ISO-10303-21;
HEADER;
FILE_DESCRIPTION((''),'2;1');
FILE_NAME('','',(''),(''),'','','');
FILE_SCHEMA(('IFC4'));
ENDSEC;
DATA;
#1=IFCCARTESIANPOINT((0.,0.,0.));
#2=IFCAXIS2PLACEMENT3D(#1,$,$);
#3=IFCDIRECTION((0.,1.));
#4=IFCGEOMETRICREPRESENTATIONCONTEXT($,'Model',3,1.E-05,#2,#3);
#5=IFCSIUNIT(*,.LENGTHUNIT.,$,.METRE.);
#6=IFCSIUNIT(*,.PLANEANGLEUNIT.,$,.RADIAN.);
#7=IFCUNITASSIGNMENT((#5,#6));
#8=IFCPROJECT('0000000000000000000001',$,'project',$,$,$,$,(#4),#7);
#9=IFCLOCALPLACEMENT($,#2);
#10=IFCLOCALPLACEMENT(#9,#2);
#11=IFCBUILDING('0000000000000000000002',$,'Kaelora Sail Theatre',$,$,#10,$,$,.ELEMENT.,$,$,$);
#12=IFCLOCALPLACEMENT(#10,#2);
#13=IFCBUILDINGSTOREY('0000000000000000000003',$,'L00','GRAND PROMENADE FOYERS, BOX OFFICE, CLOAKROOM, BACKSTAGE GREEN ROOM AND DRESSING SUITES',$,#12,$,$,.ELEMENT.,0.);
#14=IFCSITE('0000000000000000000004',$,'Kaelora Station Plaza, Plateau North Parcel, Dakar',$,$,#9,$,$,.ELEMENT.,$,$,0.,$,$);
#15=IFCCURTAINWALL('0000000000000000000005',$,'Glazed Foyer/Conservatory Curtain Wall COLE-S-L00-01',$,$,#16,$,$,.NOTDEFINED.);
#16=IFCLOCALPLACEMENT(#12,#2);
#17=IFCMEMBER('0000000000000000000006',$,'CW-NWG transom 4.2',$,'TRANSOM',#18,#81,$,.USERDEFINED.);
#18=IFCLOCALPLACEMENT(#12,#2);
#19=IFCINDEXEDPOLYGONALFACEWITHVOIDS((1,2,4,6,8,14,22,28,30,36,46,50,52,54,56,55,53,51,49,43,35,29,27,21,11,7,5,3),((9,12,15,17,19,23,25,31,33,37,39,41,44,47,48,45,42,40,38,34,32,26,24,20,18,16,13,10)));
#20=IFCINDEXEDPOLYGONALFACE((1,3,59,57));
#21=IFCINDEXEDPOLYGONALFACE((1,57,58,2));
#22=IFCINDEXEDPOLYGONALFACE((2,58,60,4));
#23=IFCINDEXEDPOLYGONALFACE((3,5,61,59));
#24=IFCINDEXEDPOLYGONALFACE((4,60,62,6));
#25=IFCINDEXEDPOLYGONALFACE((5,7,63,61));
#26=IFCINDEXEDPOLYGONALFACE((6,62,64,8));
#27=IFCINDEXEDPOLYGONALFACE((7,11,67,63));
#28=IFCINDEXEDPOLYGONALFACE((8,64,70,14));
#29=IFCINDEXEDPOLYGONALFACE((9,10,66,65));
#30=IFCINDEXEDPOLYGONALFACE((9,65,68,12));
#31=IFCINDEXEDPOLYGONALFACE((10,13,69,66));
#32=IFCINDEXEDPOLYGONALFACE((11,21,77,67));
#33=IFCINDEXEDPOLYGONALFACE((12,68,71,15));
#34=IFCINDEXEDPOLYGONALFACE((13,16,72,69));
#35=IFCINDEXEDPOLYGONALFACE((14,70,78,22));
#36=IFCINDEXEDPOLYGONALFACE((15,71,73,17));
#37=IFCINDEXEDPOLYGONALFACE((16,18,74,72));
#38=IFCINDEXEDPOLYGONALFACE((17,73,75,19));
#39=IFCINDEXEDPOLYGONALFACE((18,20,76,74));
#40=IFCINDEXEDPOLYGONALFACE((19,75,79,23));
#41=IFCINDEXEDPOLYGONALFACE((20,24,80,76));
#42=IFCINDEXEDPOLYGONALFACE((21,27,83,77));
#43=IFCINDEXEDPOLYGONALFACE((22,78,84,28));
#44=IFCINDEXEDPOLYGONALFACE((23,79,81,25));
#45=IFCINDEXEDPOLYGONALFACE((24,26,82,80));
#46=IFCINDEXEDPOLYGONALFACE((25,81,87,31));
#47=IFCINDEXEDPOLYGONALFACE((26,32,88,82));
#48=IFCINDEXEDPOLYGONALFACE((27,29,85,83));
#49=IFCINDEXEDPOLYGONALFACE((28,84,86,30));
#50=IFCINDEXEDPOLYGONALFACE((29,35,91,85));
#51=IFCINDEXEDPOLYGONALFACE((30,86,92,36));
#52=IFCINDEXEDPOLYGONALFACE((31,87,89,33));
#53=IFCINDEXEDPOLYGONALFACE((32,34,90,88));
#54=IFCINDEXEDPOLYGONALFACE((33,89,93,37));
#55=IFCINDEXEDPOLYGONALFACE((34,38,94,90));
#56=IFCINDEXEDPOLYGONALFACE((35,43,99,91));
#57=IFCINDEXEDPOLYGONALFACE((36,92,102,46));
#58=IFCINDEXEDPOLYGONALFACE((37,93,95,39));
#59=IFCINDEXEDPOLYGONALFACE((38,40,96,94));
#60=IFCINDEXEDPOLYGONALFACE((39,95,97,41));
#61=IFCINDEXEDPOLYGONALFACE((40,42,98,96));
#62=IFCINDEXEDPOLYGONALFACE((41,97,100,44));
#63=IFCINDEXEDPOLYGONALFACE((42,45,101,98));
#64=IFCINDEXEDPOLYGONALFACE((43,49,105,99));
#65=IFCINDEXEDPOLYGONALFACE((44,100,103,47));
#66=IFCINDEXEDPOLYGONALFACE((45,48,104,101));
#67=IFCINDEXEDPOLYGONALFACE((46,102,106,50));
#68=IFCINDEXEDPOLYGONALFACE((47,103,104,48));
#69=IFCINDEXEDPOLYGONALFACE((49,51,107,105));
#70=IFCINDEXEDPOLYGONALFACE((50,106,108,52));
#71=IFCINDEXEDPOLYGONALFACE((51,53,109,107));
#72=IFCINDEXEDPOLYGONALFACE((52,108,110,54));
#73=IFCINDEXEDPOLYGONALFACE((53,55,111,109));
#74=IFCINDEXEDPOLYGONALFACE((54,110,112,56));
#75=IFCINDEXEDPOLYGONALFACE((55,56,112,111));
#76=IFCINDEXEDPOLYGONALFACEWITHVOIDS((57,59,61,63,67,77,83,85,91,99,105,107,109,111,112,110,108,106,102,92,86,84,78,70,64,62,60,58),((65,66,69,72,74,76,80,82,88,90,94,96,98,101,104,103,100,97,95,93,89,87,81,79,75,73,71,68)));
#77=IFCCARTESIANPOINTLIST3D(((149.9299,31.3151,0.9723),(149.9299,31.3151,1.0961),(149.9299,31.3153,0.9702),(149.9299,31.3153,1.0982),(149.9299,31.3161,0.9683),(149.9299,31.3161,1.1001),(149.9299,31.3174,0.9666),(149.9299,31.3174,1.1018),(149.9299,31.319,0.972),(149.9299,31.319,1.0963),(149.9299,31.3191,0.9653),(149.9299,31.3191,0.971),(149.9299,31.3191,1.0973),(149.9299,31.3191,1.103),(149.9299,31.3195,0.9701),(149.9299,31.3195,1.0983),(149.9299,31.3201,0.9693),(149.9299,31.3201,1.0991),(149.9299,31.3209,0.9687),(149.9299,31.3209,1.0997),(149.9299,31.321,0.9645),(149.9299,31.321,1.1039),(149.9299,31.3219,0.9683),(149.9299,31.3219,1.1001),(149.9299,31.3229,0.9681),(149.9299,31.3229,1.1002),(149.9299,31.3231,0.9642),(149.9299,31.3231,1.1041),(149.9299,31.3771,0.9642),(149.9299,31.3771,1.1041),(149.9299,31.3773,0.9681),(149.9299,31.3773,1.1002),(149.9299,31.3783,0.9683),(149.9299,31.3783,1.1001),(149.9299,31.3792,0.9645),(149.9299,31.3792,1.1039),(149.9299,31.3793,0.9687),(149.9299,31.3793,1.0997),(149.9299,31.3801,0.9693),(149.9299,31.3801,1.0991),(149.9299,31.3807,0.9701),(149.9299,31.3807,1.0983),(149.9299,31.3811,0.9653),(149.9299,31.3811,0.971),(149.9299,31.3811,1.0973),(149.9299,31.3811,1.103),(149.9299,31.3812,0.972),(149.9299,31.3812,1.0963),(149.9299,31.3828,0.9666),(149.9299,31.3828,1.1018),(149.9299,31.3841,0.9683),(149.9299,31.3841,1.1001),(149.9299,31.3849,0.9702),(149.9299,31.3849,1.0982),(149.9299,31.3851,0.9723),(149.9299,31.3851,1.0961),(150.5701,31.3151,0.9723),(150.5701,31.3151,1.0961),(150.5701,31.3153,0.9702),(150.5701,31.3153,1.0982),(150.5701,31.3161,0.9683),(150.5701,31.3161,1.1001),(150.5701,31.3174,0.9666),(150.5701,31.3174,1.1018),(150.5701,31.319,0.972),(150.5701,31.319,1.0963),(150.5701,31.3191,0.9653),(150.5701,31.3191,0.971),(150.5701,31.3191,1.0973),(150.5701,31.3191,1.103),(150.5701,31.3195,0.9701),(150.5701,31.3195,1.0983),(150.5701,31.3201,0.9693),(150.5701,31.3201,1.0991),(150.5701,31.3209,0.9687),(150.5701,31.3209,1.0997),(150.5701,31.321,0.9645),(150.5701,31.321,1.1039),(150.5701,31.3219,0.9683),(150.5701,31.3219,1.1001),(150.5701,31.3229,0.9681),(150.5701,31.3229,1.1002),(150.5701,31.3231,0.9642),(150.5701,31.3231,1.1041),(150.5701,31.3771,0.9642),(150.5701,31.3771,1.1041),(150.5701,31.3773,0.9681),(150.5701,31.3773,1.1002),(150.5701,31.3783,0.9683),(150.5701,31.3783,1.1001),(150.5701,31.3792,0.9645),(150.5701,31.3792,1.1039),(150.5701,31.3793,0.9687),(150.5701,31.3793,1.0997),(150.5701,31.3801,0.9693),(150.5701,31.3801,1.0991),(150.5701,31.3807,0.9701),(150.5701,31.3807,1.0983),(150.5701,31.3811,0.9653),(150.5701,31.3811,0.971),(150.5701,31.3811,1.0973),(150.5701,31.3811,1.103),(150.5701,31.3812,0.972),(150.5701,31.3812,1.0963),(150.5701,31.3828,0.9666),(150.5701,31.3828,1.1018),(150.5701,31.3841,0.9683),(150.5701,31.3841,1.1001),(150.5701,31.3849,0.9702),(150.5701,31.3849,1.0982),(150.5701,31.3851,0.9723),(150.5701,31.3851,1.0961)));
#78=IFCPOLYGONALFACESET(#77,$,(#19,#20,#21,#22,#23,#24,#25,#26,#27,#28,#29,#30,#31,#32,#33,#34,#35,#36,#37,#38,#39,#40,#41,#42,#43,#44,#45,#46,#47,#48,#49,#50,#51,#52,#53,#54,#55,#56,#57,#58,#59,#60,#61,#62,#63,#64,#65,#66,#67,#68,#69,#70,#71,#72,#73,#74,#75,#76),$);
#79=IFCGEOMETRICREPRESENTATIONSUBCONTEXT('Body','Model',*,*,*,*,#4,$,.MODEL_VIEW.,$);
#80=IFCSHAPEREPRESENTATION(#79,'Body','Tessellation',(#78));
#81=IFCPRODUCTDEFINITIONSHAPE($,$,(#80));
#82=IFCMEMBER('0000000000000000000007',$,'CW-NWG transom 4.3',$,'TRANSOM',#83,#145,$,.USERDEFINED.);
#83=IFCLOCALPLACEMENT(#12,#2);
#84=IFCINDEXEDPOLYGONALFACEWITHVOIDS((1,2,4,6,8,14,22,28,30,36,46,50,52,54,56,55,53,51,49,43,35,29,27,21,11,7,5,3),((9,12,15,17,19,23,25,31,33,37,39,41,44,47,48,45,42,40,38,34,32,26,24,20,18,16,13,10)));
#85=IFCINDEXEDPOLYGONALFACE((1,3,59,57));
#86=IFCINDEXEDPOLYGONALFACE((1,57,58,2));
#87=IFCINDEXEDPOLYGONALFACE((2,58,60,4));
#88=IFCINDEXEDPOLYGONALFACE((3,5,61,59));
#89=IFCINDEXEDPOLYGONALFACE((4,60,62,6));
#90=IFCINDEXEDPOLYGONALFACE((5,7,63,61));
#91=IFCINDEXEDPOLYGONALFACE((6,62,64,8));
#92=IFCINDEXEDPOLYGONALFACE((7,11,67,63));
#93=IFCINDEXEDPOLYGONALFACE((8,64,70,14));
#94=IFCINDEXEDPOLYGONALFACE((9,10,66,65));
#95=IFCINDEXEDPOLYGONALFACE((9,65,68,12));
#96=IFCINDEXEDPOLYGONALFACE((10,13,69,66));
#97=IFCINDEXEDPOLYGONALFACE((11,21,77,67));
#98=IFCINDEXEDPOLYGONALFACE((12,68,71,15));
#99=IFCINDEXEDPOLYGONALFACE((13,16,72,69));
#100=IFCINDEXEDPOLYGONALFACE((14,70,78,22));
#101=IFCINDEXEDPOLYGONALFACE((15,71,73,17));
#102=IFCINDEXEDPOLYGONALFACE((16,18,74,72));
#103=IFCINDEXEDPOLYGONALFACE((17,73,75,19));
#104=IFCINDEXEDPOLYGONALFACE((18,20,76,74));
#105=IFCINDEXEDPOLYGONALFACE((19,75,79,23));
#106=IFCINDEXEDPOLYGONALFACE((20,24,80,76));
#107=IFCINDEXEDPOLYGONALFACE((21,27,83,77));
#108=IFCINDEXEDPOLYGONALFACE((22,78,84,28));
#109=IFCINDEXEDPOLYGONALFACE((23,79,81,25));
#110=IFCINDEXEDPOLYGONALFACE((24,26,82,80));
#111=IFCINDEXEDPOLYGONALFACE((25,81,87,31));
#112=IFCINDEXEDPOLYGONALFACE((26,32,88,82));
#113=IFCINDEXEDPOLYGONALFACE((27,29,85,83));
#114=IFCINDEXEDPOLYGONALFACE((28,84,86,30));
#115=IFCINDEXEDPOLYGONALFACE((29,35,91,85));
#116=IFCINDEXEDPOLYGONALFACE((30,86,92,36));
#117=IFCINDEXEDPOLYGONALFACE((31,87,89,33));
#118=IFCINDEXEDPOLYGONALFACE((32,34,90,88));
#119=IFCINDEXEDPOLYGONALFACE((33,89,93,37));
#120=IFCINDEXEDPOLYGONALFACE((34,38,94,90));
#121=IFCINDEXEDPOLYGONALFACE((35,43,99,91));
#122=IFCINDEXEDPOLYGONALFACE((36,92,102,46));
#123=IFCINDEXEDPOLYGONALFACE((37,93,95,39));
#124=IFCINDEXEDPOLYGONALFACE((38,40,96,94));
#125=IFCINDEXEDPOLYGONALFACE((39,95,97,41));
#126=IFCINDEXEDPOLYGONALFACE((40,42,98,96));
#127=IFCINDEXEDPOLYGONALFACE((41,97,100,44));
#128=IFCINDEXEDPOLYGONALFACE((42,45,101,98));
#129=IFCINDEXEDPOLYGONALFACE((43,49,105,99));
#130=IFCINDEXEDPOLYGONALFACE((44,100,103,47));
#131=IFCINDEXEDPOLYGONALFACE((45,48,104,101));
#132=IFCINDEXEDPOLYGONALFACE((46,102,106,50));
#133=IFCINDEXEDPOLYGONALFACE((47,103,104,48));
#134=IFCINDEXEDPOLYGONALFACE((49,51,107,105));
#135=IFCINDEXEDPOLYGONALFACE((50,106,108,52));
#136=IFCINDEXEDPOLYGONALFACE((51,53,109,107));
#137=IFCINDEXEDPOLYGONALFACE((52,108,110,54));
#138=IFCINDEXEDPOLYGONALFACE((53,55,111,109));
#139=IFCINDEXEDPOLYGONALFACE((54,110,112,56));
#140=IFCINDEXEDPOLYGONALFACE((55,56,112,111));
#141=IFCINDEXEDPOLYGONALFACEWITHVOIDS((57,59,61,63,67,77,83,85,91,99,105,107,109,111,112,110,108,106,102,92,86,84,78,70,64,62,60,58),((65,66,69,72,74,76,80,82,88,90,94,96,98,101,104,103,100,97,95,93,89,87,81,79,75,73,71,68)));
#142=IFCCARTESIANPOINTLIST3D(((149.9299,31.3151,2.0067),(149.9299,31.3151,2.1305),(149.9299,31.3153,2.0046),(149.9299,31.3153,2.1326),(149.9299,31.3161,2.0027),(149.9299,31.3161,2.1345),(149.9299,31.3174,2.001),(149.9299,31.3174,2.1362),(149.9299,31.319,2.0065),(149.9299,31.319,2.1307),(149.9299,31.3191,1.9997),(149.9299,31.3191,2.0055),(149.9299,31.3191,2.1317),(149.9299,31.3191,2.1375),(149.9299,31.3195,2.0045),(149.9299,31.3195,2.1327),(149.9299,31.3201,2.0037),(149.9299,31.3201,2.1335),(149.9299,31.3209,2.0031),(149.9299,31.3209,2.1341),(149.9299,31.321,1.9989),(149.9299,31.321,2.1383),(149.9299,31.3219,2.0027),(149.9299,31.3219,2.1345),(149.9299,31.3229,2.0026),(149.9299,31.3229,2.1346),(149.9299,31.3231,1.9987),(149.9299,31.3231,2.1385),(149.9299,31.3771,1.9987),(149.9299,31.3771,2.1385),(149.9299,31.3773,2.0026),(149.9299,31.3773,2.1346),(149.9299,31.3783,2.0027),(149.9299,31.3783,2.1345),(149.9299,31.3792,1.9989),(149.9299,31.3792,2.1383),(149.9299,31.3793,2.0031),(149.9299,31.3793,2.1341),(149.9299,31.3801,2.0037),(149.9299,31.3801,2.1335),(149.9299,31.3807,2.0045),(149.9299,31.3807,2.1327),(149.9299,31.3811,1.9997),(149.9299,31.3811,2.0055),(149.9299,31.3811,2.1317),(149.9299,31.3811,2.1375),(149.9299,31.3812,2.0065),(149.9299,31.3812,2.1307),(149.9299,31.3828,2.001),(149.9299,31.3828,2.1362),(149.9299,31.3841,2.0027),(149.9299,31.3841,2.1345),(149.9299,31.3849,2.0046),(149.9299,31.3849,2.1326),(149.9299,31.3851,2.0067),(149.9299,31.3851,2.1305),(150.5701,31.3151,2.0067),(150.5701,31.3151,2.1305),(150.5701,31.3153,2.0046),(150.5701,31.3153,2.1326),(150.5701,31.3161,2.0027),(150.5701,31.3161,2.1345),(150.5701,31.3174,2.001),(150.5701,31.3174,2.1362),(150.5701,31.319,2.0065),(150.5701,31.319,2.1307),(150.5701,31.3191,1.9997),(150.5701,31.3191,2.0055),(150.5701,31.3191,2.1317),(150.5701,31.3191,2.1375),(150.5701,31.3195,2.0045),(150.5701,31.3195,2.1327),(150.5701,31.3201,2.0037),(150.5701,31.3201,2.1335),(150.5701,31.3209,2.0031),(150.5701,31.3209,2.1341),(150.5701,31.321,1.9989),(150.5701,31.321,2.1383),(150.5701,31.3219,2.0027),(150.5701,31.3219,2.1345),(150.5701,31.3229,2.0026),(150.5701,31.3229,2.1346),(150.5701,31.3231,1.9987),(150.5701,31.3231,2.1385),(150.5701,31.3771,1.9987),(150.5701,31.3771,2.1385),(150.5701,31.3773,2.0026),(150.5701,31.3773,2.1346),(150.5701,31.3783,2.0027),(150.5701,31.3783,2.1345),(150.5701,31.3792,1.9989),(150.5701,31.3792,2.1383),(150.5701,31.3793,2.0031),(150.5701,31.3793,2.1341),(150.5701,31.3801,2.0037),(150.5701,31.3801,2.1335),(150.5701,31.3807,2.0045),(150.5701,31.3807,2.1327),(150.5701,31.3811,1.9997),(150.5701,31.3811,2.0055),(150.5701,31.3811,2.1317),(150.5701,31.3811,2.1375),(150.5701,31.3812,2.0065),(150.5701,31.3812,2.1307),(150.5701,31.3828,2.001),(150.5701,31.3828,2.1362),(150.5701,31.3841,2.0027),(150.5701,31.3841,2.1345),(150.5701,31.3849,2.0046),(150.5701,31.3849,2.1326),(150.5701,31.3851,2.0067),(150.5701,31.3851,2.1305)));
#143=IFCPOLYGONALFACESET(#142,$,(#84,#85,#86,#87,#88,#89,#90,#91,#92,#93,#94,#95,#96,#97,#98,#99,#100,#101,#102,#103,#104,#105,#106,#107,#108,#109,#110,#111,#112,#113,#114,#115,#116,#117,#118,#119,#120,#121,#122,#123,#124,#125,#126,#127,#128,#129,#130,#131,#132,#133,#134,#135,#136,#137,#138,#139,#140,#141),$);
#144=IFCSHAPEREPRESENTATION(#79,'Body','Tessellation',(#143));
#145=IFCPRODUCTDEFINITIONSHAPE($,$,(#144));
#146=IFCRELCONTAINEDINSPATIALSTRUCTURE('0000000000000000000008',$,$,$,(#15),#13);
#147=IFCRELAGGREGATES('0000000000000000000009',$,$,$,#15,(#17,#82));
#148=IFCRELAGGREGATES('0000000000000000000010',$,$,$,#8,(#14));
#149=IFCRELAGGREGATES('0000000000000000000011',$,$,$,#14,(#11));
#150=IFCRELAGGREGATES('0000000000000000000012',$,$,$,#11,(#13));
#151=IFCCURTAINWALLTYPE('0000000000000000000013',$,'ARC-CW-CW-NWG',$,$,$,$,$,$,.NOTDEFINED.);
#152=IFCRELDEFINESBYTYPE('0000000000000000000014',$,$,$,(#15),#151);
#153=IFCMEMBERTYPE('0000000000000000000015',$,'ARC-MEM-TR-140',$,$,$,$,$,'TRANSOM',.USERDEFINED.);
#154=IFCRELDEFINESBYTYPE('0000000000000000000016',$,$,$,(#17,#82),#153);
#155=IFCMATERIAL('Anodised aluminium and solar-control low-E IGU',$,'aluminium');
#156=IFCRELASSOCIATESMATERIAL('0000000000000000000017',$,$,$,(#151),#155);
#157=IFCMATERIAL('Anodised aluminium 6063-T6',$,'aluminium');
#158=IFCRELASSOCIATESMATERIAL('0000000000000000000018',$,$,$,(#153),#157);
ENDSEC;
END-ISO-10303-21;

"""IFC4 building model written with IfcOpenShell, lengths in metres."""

from ifc_helpers import new_model, si_unit, direction, frame, origin, origin_2d, place, context, subcontext, project, spatial, hollow_rectangle, extrude, material, material_profile, profile_set, type_object, element, aggregate, save


model = new_model("IFC4")

# Units and contexts
model_context = context("Model", 3, precision=1e-05, world=origin(), true_north=direction((0.0, 1.0)))
body_context = subcontext(model_context, "Body", "Model", "MODEL_VIEW")
ifc_project = project(units=[si_unit("LENGTHUNIT", "METRE"), si_unit("PLANEANGLEUNIT", "RADIAN")], contexts=[model_context])

# Site, building, storey
site_placement = place(None, origin())
site = spatial("IfcSite", under=ifc_project, at=site_placement, Name="Kaelora Station Plaza, Plateau North Parcel, Dakar", CompositionType="ELEMENT", RefElevation=0.0)
building_placement = place(site_placement, origin())
building = spatial("IfcBuilding", under=site, at=building_placement, Name="Kaelora Sail Theatre", CompositionType="ELEMENT")
storey_placement = place(building_placement, origin())
storey = spatial("IfcBuildingStorey", under=building, at=storey_placement, Name="L00", Description="GRAND PROMENADE FOYERS, BOX OFFICE, CLOAKROOM, BACKSTAGE GREEN ROOM AND DRESSING SUITES", CompositionType="ELEMENT", Elevation=0.0)

# Curtain wall, members
ifc_material_1 = material(Name="Anodised aluminium and solar-control low-E IGU", Category="aluminium")
curtain_wall_type = type_object("IfcCurtainWallType", Name="ARC-CW-CW-NWG", PredefinedType="NOTDEFINED", material=ifc_material_1)
curtain_wall_placement = place(storey_placement, origin())
curtain_wall = element("IfcCurtainWall", 1, at=curtain_wall_placement, inside=storey, type_object=curtain_wall_type, Name="Glazed Foyer/Conservatory Curtain Wall COLE-S-L00-01", PredefinedType="NOTDEFINED")
ifc_material_2 = material(Name="Anodised aluminium 6063-T6", Category="aluminium")
ifc_material_profile_1 = material_profile(ifc_material_2, hollow_rectangle(XDim=0.0701, YDim=0.1399, WallThickness=0.0039, InnerFilletRadius=0.0039, OuterFilletRadius=0.0081, at=origin_2d()), Name="ALU-TRAN 70x140x4")
ifc_profile_set_1 = profile_set([ifc_material_profile_1], Name="Anodised aluminium 6063-T6")
member_type_1 = type_object("IfcMemberType", Name="ARC-MEM-TR-140", ElementType="TRANSOM", PredefinedType="USERDEFINED", material=ifc_profile_set_1)
member_1_placement = place(storey_placement, frame((149.9299, 31.3501, 1.0342), z_axis=(1.0, 0.0, 0.0), x_axis=(0.0, 1.0, 0.0)))
member_1 = element("IfcMember", 2, at=member_1_placement, type_object=member_type_1, Name="CW-NWG transom 4.2", ObjectType="TRANSOM", PredefinedType="USERDEFINED", context=body_context, shape_type="SweptSolid", body=[
    extrude(hollow_rectangle(XDim=0.0701, YDim=0.1399, WallThickness=0.0039, InnerFilletRadius=0.0039, OuterFilletRadius=0.0081, at=origin_2d()), origin(), (0.0, 0.0, 1.0), 0.6401),
])
member_2_placement = place(storey_placement, frame((149.9299, 31.3501, 2.0686), z_axis=(1.0, 0.0, 0.0), x_axis=(0.0, 1.0, 0.0)))
member_2 = element("IfcMember", 3, at=member_2_placement, type_object=member_type_1, Name="CW-NWG transom 4.3", ObjectType="TRANSOM", PredefinedType="USERDEFINED", context=body_context, shape_type="SweptSolid", body=[
    extrude(hollow_rectangle(XDim=0.0701, YDim=0.1399, WallThickness=0.0039, InnerFilletRadius=0.0039, OuterFilletRadius=0.0081, at=origin_2d()), origin(), (0.0, 0.0, 1.0), 0.6401),
])
aggregate(curtain_wall, [member_1, member_2])

save(model, "model.ifc")
